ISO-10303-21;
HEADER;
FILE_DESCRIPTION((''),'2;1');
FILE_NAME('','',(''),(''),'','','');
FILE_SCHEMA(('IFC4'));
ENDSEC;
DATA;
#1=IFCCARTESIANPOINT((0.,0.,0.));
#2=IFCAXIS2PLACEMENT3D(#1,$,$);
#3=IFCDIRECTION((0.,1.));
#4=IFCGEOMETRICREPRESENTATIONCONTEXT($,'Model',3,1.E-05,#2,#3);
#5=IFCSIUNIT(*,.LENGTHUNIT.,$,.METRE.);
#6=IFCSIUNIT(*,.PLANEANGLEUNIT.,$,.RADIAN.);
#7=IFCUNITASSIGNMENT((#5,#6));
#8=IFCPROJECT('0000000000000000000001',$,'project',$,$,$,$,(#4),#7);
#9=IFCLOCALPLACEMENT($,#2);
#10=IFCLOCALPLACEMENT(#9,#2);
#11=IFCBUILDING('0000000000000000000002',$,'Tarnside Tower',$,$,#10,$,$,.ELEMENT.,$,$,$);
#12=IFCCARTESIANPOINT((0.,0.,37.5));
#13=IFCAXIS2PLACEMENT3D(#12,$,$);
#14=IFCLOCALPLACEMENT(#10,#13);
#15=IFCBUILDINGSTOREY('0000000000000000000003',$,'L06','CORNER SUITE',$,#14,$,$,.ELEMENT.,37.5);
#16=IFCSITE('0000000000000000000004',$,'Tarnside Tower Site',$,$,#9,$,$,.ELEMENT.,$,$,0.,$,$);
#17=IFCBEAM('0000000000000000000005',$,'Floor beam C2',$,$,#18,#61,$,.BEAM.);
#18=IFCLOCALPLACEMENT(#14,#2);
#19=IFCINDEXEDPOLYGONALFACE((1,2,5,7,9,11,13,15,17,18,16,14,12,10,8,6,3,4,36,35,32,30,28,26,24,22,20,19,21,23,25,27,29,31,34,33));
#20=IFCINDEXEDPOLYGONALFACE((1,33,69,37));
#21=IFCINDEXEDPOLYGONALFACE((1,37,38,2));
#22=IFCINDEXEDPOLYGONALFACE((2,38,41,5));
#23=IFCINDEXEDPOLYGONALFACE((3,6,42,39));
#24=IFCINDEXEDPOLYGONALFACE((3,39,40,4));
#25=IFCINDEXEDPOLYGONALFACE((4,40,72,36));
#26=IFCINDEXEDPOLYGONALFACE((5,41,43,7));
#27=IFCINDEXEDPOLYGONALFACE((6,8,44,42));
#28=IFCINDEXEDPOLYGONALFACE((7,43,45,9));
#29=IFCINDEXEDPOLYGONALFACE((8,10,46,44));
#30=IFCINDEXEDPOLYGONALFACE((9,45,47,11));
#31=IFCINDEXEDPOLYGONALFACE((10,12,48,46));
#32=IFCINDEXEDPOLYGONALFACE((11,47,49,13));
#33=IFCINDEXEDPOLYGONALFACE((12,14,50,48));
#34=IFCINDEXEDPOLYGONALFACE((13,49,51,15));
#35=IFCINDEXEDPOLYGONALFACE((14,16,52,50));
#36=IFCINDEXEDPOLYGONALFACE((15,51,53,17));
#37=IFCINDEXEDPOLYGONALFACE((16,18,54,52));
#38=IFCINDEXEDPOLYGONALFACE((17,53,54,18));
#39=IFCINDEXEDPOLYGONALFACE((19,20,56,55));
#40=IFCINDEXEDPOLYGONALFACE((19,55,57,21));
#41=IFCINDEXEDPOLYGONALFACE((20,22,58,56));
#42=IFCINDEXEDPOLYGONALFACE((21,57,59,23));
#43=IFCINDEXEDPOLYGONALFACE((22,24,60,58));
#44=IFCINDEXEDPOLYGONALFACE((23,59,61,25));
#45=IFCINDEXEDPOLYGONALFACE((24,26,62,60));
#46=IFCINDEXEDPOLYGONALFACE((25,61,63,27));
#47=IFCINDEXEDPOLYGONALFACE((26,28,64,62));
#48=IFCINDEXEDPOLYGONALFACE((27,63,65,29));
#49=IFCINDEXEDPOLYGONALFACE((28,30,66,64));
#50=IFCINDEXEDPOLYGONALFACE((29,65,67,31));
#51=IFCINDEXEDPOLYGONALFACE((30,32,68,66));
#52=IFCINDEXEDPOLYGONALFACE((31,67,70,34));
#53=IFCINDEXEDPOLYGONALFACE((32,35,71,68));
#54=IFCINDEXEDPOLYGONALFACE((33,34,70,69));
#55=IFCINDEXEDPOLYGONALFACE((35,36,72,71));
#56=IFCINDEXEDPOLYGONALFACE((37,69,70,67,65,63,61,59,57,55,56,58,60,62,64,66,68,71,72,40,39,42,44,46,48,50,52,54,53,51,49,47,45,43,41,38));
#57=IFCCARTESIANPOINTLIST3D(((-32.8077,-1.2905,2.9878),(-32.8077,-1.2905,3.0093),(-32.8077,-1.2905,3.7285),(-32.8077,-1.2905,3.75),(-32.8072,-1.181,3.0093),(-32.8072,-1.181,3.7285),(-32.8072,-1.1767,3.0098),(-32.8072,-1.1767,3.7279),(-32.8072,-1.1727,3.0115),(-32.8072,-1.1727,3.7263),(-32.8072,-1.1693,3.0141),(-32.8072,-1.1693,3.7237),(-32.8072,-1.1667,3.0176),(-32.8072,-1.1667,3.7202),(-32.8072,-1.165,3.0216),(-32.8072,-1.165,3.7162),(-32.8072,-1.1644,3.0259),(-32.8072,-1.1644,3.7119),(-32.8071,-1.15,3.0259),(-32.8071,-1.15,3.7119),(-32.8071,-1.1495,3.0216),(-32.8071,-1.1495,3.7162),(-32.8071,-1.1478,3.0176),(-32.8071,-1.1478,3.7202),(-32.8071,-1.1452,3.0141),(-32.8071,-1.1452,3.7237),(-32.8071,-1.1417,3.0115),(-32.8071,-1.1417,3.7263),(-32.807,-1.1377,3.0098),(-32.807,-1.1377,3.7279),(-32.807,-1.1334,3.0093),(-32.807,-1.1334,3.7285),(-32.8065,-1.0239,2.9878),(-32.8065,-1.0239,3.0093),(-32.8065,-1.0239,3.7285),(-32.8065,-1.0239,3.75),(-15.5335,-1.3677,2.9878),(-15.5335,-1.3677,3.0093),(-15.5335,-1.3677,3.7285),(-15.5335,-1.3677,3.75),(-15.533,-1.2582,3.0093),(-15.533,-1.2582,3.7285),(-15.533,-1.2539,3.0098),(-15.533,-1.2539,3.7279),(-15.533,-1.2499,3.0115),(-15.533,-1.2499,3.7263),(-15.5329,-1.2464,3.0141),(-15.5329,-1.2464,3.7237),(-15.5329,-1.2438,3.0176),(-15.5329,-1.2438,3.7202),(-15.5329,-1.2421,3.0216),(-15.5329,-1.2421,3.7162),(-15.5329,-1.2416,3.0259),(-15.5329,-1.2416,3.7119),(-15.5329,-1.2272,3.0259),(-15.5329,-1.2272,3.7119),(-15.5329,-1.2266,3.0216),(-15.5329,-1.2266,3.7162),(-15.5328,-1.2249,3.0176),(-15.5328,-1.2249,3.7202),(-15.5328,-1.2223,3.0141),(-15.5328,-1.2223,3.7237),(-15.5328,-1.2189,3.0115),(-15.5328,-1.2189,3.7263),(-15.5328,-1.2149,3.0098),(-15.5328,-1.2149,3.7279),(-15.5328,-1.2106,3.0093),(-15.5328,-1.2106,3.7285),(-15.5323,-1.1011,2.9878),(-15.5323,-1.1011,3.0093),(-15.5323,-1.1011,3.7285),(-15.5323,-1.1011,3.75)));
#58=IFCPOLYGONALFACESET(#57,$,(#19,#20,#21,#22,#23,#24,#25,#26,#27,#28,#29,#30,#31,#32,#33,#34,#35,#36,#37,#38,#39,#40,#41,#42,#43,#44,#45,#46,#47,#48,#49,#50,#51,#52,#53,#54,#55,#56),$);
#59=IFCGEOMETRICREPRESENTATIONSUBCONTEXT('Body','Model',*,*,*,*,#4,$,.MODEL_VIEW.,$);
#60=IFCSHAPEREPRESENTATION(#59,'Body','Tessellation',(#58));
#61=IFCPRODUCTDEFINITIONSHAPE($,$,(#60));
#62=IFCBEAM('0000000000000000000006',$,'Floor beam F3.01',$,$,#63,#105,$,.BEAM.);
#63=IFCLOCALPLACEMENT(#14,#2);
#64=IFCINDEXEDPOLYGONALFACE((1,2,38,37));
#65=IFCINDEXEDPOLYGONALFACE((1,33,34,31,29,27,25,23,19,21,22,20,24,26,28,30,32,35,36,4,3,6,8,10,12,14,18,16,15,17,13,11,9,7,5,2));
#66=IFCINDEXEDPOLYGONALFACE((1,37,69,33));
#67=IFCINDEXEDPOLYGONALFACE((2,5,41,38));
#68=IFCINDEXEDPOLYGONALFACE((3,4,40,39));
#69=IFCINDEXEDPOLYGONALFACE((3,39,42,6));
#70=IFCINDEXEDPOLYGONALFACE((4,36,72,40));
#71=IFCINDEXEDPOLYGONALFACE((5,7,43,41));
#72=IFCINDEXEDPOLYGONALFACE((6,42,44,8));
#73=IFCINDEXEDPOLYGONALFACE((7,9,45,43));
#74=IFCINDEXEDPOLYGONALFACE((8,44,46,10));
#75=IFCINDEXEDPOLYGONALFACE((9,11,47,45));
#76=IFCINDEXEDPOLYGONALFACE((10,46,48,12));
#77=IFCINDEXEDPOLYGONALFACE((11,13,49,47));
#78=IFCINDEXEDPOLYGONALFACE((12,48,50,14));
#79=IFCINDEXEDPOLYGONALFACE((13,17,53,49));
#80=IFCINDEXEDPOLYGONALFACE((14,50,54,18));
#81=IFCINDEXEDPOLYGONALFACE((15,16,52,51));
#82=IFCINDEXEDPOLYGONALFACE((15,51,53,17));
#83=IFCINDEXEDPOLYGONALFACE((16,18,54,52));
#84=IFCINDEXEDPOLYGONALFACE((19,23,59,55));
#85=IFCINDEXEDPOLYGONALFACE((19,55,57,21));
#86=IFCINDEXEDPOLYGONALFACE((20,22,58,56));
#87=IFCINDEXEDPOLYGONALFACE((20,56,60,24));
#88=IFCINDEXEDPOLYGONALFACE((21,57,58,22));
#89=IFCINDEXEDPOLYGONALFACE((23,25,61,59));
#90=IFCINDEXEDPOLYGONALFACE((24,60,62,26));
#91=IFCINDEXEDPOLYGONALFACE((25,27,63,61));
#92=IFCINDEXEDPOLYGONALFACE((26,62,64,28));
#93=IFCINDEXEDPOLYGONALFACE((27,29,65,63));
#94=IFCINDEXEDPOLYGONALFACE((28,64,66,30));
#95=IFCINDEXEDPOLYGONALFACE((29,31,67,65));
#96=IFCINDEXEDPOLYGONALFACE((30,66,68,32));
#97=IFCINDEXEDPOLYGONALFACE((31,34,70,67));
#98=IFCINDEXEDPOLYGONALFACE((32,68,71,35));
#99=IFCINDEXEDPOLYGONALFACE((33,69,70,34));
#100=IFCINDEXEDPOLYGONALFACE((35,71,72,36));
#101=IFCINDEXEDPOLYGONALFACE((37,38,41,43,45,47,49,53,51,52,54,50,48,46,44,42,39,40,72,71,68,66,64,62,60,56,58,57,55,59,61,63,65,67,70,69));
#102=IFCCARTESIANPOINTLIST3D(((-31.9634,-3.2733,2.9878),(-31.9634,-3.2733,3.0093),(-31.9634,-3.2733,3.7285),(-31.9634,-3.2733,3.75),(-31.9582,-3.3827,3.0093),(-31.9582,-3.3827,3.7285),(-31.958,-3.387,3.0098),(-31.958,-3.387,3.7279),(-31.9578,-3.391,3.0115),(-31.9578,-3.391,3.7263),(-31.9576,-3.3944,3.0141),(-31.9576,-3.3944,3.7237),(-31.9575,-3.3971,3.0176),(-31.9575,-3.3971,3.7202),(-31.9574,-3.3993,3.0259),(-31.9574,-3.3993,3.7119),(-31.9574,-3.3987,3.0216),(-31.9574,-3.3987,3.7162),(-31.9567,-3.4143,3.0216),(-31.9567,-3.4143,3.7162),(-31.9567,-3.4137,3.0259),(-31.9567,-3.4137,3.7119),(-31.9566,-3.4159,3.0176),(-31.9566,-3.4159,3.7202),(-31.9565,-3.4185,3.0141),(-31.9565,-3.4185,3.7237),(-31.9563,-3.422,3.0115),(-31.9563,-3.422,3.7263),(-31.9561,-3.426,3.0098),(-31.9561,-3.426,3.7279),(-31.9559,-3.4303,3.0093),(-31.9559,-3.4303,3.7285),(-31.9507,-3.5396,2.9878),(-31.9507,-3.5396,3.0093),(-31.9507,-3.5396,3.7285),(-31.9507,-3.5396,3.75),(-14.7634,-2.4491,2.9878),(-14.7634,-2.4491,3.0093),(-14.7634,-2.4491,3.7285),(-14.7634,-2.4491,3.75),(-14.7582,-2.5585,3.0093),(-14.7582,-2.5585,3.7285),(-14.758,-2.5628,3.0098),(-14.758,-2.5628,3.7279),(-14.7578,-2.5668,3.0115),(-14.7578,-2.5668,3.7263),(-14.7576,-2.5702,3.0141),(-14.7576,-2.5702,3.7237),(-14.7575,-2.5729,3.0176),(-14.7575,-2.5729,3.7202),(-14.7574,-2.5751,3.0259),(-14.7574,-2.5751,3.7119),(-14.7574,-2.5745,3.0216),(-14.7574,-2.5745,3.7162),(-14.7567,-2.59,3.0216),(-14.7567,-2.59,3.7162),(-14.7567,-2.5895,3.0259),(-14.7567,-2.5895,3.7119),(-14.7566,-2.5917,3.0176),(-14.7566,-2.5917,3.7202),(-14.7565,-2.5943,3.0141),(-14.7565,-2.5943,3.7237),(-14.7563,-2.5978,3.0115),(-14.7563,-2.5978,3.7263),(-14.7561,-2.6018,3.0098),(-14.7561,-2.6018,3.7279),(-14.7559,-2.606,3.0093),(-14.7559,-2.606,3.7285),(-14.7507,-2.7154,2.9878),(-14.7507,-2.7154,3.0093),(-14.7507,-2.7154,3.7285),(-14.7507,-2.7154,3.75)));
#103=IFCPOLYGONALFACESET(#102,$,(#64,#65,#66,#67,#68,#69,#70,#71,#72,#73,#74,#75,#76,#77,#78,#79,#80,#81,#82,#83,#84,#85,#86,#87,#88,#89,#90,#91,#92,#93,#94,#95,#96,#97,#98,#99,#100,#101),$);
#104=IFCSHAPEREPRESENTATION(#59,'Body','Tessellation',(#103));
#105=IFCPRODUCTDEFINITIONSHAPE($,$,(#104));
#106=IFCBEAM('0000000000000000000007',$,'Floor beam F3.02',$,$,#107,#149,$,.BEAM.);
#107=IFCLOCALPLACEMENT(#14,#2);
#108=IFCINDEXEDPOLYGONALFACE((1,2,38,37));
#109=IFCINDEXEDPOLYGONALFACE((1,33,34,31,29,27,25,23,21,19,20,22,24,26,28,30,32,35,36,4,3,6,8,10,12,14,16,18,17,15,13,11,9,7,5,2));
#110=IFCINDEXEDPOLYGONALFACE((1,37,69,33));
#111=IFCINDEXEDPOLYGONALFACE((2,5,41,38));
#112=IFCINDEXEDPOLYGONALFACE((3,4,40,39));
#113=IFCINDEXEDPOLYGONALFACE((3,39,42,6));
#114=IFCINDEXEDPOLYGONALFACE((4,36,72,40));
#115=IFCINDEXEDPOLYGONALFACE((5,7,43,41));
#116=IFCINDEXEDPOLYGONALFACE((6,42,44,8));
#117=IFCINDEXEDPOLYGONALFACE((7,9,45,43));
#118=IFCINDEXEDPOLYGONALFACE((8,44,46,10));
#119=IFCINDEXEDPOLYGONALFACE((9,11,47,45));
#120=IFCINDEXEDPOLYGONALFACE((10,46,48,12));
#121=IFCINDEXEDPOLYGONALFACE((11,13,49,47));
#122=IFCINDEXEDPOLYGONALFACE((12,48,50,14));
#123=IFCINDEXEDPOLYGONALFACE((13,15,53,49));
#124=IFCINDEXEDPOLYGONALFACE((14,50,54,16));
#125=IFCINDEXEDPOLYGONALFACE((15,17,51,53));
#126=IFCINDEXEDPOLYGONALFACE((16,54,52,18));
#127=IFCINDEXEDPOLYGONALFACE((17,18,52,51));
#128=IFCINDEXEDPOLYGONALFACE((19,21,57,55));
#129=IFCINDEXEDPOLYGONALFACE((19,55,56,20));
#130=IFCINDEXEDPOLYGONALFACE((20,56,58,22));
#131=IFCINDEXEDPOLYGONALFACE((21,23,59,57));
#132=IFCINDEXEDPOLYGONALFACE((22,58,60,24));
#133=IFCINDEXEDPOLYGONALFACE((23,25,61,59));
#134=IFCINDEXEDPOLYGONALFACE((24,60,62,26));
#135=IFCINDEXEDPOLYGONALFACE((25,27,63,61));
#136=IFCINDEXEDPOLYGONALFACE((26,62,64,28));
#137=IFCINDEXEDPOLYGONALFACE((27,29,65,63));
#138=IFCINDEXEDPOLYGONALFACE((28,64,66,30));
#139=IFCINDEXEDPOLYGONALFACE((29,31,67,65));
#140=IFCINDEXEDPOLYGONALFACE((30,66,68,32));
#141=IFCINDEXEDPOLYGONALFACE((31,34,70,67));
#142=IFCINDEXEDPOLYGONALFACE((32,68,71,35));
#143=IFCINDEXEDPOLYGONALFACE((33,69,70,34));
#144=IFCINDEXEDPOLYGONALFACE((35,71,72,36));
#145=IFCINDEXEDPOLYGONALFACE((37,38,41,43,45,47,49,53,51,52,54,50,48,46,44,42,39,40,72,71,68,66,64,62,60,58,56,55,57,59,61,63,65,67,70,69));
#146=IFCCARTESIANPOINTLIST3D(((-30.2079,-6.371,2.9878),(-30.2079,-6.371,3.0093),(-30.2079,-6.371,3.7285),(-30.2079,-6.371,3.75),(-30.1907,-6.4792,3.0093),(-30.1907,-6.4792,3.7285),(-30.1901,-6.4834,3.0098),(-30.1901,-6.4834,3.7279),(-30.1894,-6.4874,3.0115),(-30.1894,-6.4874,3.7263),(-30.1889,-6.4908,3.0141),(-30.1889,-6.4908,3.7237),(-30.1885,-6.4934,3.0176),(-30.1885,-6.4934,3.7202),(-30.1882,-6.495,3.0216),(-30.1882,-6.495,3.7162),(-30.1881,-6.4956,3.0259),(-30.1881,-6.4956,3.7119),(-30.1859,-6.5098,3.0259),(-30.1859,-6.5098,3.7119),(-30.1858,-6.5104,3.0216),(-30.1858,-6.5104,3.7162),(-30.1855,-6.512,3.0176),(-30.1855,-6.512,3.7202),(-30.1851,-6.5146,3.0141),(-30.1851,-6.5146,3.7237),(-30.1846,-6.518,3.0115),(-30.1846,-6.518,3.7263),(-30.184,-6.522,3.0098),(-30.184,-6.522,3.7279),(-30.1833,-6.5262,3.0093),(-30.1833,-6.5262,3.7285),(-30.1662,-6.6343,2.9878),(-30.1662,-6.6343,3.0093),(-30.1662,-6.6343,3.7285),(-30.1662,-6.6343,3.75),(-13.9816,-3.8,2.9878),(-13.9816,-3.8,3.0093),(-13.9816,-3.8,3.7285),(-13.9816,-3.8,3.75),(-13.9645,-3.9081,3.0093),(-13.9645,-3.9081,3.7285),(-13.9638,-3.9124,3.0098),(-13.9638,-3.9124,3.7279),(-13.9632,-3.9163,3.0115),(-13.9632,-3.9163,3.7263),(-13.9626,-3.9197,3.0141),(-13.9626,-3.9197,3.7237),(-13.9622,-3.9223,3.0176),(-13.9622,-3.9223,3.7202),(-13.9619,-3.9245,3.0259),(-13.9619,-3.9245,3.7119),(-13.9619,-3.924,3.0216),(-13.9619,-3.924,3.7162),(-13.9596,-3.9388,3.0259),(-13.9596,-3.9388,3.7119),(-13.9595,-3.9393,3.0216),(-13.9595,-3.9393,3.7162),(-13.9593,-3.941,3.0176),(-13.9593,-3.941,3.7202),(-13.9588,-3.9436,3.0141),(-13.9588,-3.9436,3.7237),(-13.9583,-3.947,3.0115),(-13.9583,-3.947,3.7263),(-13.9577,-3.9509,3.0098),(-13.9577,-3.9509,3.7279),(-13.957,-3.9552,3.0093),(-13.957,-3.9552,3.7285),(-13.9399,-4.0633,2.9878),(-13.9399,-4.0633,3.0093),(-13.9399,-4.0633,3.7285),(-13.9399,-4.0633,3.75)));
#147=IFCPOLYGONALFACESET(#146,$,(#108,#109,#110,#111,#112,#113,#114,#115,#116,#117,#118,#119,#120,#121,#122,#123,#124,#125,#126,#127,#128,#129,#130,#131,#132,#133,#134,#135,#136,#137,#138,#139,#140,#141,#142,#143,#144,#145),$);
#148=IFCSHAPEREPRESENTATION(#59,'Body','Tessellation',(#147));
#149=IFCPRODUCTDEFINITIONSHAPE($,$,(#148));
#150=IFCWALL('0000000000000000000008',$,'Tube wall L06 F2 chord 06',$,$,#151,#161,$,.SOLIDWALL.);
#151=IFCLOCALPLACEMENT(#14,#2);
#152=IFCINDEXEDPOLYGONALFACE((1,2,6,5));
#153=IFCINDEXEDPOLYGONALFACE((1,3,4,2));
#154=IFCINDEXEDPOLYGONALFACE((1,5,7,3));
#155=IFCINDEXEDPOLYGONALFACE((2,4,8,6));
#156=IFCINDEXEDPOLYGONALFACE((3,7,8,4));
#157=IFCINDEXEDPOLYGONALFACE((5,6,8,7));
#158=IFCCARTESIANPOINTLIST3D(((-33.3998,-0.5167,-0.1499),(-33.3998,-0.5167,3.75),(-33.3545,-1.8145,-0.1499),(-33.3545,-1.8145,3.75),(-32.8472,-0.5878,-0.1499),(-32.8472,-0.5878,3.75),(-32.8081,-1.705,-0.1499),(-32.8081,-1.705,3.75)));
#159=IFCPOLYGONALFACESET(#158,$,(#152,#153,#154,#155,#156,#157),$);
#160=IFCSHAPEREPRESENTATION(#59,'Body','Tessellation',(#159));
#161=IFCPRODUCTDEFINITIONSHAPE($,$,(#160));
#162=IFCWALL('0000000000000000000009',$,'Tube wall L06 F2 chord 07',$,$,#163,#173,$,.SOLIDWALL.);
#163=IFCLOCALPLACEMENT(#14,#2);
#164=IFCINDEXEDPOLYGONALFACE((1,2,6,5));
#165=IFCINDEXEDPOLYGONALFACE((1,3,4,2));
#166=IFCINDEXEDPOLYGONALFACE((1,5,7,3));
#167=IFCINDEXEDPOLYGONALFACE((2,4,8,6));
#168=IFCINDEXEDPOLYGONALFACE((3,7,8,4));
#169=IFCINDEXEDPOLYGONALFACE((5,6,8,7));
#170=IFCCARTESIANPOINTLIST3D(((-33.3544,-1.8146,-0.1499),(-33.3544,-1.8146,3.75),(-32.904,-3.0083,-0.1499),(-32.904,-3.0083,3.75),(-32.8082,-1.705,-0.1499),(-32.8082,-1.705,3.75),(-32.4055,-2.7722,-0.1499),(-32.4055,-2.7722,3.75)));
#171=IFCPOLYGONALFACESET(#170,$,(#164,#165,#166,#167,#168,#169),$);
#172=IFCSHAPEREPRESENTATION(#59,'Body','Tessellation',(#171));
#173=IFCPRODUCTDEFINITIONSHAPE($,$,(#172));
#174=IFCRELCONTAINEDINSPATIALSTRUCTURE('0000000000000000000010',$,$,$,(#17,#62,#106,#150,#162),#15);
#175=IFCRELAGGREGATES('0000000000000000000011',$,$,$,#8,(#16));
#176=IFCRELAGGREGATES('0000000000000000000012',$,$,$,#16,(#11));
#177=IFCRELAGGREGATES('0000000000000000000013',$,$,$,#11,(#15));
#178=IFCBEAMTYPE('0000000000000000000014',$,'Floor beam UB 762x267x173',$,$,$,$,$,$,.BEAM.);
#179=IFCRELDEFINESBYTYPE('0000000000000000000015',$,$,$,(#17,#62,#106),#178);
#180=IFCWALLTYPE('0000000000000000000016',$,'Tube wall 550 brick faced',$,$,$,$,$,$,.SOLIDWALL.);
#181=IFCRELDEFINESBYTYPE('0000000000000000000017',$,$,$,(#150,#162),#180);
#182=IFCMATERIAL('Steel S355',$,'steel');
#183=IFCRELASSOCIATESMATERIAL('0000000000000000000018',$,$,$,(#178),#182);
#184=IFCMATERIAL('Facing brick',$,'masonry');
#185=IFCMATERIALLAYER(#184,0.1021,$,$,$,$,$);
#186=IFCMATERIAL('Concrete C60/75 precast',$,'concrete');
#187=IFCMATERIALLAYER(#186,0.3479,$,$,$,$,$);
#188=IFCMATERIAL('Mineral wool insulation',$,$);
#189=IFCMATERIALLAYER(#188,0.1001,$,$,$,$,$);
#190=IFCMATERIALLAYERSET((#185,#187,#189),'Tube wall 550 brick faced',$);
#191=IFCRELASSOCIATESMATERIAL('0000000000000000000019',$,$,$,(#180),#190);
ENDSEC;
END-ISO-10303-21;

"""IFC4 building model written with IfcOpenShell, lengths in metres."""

from ifc_helpers import new_model, si_unit, direction, frame, origin, origin_2d, place, context, subcontext, project, spatial, polyline, i_section, outline, extrude, material, layer, layer_set, material_profile, profile_set, type_object, element, save


model = new_model("IFC4")

# Units and contexts
model_context = context("Model", 3, precision=1e-05, world=origin(), true_north=direction((0.0, 1.0)))
body_context = subcontext(model_context, "Body", "Model", "MODEL_VIEW")
ifc_project = project(units=[si_unit("LENGTHUNIT", "METRE"), si_unit("PLANEANGLEUNIT", "RADIAN")], contexts=[model_context])

# Site, building, storey
site_placement = place(None, origin())
site = spatial("IfcSite", under=ifc_project, at=site_placement, Name="Tarnside Tower Site", CompositionType="ELEMENT", RefElevation=0.0)
building_placement = place(site_placement, origin())
building = spatial("IfcBuilding", under=site, at=building_placement, Name="Tarnside Tower", CompositionType="ELEMENT")
storey_placement = place(building_placement, frame((0.0, 0.0, 37.5)))
storey = spatial("IfcBuildingStorey", under=building, at=storey_placement, Name="L06", Description="CORNER SUITE", CompositionType="ELEMENT", Elevation=37.5)

# Beams
ifc_material_1 = material(Name="Steel S355", Category="steel")
ifc_material_profile = material_profile(ifc_material_1, i_section(OverallWidth=0.2666, OverallDepth=0.7622, WebThickness=0.0144, FlangeThickness=0.0215, FilletRadius=0.0166, at=origin_2d()), Name="UB 762x267x173")
ifc_profile_set = profile_set([ifc_material_profile], Name="Steel S355")
beam_type = type_object("IfcBeamType", Name="Floor beam UB 762x267x173", PredefinedType="BEAM", material=ifc_profile_set)
beam_1_placement = place(storey_placement, frame((-32.8071, -1.1572, 3.3689), z_axis=(0.99999, -0.004466, 0.0), x_axis=(0.004466, 0.99999, 0.0)))
element("IfcBeam", 1, at=beam_1_placement, inside=storey, type_object=beam_type, Name="Floor beam C2", PredefinedType="BEAM", context=body_context, shape_type="SweptSolid", body=[
    extrude(i_section(OverallWidth=0.2666, OverallDepth=0.7622, WebThickness=0.0144, FlangeThickness=0.0215, FilletRadius=0.0166, at=origin_2d()), origin(), (0.0, 0.0, 1.0), 17.2744),
])
beam_2_placement = place(storey_placement, frame((-31.957, -3.4065, 3.3689), z_axis=(0.998854, 0.047865, 0.0), x_axis=(-0.047865, 0.998854, 0.0)))
element("IfcBeam", 2, at=beam_2_placement, inside=storey, type_object=beam_type, Name="Floor beam F3.01", PredefinedType="BEAM", context=body_context, shape_type="SweptSolid", body=[
    extrude(i_section(OverallWidth=0.2666, OverallDepth=0.7622, WebThickness=0.0144, FlangeThickness=0.0215, FilletRadius=0.0166, at=origin_2d()), origin(), (0.0, 0.0, 1.0), 17.2197),
])
beam_3_placement = place(storey_placement, frame((-30.187, -6.5027, 3.3689), z_axis=(0.987678, 0.156497, 0.0), x_axis=(-0.156497, 0.987678, 0.0)))
element("IfcBeam", 3, at=beam_3_placement, inside=storey, type_object=beam_type, Name="Floor beam F3.02", PredefinedType="BEAM", context=body_context, shape_type="SweptSolid", body=[
    extrude(i_section(OverallWidth=0.2666, OverallDepth=0.7622, WebThickness=0.0144, FlangeThickness=0.0215, FilletRadius=0.0166, at=origin_2d()), origin(), (0.0, 0.0, 1.0), 16.4287),
])

# Walls
ifc_material_2 = material(Name="Facing brick", Category="masonry")
ifc_layer_1 = layer(ifc_material_2, 0.1021)
ifc_material_3 = material(Name="Concrete C60/75 precast", Category="concrete")
ifc_layer_2 = layer(ifc_material_3, 0.3479)
ifc_material_4 = material(Name="Mineral wool insulation")
ifc_layer_3 = layer(ifc_material_4, 0.1001)
ifc_layer_set_1 = layer_set([ifc_layer_1, ifc_layer_2, ifc_layer_3], Name="Tube wall 550 brick faced")
wall_type = type_object("IfcWallType", Name="Tube wall 550 brick faced", PredefinedType="SOLIDWALL", material=ifc_layer_set_1)
wall_1_placement = place(storey_placement, frame((-33.1235, -0.5522, -0.1499), z_axis=(0.0, 0.0, 1.0), x_axis=(0.034956, -0.999389, 0.0)))
element("IfcWall", 4, at=wall_1_placement, inside=storey, type_object=wall_type, Name="Tube wall L06 F2 chord 06", PredefinedType="SOLIDWALL", context=body_context, shape_type="SweptSolid", body=[
    extrude(outline(polyline([(-0.0452, -0.2749), (1.2534, -0.2749), (1.1631, 0.2749), (0.0452, 0.2749), (-0.0452, -0.2749)])), origin(), (0.0, 0.0, 1.0), 3.8999),
])
wall_2_placement = place(storey_placement, frame((-33.0813, -1.7598, -0.1499), z_axis=(0.0, 0.0, 1.0), x_axis=(0.353027, -0.935613, 0.0)))
element("IfcWall", 5, at=wall_2_placement, inside=storey, type_object=wall_type, Name="Tube wall L06 F2 chord 07", PredefinedType="SOLIDWALL", context=body_context, shape_type="SweptSolid", body=[
    extrude(outline(polyline([(-0.0452, -0.2749), (1.2307, -0.2749), (1.1858, 0.2749), (0.0452, 0.2749), (-0.0452, -0.2749)])), origin(), (0.0, 0.0, 1.0), 3.8999),
])

save(model, "model.ifc")
